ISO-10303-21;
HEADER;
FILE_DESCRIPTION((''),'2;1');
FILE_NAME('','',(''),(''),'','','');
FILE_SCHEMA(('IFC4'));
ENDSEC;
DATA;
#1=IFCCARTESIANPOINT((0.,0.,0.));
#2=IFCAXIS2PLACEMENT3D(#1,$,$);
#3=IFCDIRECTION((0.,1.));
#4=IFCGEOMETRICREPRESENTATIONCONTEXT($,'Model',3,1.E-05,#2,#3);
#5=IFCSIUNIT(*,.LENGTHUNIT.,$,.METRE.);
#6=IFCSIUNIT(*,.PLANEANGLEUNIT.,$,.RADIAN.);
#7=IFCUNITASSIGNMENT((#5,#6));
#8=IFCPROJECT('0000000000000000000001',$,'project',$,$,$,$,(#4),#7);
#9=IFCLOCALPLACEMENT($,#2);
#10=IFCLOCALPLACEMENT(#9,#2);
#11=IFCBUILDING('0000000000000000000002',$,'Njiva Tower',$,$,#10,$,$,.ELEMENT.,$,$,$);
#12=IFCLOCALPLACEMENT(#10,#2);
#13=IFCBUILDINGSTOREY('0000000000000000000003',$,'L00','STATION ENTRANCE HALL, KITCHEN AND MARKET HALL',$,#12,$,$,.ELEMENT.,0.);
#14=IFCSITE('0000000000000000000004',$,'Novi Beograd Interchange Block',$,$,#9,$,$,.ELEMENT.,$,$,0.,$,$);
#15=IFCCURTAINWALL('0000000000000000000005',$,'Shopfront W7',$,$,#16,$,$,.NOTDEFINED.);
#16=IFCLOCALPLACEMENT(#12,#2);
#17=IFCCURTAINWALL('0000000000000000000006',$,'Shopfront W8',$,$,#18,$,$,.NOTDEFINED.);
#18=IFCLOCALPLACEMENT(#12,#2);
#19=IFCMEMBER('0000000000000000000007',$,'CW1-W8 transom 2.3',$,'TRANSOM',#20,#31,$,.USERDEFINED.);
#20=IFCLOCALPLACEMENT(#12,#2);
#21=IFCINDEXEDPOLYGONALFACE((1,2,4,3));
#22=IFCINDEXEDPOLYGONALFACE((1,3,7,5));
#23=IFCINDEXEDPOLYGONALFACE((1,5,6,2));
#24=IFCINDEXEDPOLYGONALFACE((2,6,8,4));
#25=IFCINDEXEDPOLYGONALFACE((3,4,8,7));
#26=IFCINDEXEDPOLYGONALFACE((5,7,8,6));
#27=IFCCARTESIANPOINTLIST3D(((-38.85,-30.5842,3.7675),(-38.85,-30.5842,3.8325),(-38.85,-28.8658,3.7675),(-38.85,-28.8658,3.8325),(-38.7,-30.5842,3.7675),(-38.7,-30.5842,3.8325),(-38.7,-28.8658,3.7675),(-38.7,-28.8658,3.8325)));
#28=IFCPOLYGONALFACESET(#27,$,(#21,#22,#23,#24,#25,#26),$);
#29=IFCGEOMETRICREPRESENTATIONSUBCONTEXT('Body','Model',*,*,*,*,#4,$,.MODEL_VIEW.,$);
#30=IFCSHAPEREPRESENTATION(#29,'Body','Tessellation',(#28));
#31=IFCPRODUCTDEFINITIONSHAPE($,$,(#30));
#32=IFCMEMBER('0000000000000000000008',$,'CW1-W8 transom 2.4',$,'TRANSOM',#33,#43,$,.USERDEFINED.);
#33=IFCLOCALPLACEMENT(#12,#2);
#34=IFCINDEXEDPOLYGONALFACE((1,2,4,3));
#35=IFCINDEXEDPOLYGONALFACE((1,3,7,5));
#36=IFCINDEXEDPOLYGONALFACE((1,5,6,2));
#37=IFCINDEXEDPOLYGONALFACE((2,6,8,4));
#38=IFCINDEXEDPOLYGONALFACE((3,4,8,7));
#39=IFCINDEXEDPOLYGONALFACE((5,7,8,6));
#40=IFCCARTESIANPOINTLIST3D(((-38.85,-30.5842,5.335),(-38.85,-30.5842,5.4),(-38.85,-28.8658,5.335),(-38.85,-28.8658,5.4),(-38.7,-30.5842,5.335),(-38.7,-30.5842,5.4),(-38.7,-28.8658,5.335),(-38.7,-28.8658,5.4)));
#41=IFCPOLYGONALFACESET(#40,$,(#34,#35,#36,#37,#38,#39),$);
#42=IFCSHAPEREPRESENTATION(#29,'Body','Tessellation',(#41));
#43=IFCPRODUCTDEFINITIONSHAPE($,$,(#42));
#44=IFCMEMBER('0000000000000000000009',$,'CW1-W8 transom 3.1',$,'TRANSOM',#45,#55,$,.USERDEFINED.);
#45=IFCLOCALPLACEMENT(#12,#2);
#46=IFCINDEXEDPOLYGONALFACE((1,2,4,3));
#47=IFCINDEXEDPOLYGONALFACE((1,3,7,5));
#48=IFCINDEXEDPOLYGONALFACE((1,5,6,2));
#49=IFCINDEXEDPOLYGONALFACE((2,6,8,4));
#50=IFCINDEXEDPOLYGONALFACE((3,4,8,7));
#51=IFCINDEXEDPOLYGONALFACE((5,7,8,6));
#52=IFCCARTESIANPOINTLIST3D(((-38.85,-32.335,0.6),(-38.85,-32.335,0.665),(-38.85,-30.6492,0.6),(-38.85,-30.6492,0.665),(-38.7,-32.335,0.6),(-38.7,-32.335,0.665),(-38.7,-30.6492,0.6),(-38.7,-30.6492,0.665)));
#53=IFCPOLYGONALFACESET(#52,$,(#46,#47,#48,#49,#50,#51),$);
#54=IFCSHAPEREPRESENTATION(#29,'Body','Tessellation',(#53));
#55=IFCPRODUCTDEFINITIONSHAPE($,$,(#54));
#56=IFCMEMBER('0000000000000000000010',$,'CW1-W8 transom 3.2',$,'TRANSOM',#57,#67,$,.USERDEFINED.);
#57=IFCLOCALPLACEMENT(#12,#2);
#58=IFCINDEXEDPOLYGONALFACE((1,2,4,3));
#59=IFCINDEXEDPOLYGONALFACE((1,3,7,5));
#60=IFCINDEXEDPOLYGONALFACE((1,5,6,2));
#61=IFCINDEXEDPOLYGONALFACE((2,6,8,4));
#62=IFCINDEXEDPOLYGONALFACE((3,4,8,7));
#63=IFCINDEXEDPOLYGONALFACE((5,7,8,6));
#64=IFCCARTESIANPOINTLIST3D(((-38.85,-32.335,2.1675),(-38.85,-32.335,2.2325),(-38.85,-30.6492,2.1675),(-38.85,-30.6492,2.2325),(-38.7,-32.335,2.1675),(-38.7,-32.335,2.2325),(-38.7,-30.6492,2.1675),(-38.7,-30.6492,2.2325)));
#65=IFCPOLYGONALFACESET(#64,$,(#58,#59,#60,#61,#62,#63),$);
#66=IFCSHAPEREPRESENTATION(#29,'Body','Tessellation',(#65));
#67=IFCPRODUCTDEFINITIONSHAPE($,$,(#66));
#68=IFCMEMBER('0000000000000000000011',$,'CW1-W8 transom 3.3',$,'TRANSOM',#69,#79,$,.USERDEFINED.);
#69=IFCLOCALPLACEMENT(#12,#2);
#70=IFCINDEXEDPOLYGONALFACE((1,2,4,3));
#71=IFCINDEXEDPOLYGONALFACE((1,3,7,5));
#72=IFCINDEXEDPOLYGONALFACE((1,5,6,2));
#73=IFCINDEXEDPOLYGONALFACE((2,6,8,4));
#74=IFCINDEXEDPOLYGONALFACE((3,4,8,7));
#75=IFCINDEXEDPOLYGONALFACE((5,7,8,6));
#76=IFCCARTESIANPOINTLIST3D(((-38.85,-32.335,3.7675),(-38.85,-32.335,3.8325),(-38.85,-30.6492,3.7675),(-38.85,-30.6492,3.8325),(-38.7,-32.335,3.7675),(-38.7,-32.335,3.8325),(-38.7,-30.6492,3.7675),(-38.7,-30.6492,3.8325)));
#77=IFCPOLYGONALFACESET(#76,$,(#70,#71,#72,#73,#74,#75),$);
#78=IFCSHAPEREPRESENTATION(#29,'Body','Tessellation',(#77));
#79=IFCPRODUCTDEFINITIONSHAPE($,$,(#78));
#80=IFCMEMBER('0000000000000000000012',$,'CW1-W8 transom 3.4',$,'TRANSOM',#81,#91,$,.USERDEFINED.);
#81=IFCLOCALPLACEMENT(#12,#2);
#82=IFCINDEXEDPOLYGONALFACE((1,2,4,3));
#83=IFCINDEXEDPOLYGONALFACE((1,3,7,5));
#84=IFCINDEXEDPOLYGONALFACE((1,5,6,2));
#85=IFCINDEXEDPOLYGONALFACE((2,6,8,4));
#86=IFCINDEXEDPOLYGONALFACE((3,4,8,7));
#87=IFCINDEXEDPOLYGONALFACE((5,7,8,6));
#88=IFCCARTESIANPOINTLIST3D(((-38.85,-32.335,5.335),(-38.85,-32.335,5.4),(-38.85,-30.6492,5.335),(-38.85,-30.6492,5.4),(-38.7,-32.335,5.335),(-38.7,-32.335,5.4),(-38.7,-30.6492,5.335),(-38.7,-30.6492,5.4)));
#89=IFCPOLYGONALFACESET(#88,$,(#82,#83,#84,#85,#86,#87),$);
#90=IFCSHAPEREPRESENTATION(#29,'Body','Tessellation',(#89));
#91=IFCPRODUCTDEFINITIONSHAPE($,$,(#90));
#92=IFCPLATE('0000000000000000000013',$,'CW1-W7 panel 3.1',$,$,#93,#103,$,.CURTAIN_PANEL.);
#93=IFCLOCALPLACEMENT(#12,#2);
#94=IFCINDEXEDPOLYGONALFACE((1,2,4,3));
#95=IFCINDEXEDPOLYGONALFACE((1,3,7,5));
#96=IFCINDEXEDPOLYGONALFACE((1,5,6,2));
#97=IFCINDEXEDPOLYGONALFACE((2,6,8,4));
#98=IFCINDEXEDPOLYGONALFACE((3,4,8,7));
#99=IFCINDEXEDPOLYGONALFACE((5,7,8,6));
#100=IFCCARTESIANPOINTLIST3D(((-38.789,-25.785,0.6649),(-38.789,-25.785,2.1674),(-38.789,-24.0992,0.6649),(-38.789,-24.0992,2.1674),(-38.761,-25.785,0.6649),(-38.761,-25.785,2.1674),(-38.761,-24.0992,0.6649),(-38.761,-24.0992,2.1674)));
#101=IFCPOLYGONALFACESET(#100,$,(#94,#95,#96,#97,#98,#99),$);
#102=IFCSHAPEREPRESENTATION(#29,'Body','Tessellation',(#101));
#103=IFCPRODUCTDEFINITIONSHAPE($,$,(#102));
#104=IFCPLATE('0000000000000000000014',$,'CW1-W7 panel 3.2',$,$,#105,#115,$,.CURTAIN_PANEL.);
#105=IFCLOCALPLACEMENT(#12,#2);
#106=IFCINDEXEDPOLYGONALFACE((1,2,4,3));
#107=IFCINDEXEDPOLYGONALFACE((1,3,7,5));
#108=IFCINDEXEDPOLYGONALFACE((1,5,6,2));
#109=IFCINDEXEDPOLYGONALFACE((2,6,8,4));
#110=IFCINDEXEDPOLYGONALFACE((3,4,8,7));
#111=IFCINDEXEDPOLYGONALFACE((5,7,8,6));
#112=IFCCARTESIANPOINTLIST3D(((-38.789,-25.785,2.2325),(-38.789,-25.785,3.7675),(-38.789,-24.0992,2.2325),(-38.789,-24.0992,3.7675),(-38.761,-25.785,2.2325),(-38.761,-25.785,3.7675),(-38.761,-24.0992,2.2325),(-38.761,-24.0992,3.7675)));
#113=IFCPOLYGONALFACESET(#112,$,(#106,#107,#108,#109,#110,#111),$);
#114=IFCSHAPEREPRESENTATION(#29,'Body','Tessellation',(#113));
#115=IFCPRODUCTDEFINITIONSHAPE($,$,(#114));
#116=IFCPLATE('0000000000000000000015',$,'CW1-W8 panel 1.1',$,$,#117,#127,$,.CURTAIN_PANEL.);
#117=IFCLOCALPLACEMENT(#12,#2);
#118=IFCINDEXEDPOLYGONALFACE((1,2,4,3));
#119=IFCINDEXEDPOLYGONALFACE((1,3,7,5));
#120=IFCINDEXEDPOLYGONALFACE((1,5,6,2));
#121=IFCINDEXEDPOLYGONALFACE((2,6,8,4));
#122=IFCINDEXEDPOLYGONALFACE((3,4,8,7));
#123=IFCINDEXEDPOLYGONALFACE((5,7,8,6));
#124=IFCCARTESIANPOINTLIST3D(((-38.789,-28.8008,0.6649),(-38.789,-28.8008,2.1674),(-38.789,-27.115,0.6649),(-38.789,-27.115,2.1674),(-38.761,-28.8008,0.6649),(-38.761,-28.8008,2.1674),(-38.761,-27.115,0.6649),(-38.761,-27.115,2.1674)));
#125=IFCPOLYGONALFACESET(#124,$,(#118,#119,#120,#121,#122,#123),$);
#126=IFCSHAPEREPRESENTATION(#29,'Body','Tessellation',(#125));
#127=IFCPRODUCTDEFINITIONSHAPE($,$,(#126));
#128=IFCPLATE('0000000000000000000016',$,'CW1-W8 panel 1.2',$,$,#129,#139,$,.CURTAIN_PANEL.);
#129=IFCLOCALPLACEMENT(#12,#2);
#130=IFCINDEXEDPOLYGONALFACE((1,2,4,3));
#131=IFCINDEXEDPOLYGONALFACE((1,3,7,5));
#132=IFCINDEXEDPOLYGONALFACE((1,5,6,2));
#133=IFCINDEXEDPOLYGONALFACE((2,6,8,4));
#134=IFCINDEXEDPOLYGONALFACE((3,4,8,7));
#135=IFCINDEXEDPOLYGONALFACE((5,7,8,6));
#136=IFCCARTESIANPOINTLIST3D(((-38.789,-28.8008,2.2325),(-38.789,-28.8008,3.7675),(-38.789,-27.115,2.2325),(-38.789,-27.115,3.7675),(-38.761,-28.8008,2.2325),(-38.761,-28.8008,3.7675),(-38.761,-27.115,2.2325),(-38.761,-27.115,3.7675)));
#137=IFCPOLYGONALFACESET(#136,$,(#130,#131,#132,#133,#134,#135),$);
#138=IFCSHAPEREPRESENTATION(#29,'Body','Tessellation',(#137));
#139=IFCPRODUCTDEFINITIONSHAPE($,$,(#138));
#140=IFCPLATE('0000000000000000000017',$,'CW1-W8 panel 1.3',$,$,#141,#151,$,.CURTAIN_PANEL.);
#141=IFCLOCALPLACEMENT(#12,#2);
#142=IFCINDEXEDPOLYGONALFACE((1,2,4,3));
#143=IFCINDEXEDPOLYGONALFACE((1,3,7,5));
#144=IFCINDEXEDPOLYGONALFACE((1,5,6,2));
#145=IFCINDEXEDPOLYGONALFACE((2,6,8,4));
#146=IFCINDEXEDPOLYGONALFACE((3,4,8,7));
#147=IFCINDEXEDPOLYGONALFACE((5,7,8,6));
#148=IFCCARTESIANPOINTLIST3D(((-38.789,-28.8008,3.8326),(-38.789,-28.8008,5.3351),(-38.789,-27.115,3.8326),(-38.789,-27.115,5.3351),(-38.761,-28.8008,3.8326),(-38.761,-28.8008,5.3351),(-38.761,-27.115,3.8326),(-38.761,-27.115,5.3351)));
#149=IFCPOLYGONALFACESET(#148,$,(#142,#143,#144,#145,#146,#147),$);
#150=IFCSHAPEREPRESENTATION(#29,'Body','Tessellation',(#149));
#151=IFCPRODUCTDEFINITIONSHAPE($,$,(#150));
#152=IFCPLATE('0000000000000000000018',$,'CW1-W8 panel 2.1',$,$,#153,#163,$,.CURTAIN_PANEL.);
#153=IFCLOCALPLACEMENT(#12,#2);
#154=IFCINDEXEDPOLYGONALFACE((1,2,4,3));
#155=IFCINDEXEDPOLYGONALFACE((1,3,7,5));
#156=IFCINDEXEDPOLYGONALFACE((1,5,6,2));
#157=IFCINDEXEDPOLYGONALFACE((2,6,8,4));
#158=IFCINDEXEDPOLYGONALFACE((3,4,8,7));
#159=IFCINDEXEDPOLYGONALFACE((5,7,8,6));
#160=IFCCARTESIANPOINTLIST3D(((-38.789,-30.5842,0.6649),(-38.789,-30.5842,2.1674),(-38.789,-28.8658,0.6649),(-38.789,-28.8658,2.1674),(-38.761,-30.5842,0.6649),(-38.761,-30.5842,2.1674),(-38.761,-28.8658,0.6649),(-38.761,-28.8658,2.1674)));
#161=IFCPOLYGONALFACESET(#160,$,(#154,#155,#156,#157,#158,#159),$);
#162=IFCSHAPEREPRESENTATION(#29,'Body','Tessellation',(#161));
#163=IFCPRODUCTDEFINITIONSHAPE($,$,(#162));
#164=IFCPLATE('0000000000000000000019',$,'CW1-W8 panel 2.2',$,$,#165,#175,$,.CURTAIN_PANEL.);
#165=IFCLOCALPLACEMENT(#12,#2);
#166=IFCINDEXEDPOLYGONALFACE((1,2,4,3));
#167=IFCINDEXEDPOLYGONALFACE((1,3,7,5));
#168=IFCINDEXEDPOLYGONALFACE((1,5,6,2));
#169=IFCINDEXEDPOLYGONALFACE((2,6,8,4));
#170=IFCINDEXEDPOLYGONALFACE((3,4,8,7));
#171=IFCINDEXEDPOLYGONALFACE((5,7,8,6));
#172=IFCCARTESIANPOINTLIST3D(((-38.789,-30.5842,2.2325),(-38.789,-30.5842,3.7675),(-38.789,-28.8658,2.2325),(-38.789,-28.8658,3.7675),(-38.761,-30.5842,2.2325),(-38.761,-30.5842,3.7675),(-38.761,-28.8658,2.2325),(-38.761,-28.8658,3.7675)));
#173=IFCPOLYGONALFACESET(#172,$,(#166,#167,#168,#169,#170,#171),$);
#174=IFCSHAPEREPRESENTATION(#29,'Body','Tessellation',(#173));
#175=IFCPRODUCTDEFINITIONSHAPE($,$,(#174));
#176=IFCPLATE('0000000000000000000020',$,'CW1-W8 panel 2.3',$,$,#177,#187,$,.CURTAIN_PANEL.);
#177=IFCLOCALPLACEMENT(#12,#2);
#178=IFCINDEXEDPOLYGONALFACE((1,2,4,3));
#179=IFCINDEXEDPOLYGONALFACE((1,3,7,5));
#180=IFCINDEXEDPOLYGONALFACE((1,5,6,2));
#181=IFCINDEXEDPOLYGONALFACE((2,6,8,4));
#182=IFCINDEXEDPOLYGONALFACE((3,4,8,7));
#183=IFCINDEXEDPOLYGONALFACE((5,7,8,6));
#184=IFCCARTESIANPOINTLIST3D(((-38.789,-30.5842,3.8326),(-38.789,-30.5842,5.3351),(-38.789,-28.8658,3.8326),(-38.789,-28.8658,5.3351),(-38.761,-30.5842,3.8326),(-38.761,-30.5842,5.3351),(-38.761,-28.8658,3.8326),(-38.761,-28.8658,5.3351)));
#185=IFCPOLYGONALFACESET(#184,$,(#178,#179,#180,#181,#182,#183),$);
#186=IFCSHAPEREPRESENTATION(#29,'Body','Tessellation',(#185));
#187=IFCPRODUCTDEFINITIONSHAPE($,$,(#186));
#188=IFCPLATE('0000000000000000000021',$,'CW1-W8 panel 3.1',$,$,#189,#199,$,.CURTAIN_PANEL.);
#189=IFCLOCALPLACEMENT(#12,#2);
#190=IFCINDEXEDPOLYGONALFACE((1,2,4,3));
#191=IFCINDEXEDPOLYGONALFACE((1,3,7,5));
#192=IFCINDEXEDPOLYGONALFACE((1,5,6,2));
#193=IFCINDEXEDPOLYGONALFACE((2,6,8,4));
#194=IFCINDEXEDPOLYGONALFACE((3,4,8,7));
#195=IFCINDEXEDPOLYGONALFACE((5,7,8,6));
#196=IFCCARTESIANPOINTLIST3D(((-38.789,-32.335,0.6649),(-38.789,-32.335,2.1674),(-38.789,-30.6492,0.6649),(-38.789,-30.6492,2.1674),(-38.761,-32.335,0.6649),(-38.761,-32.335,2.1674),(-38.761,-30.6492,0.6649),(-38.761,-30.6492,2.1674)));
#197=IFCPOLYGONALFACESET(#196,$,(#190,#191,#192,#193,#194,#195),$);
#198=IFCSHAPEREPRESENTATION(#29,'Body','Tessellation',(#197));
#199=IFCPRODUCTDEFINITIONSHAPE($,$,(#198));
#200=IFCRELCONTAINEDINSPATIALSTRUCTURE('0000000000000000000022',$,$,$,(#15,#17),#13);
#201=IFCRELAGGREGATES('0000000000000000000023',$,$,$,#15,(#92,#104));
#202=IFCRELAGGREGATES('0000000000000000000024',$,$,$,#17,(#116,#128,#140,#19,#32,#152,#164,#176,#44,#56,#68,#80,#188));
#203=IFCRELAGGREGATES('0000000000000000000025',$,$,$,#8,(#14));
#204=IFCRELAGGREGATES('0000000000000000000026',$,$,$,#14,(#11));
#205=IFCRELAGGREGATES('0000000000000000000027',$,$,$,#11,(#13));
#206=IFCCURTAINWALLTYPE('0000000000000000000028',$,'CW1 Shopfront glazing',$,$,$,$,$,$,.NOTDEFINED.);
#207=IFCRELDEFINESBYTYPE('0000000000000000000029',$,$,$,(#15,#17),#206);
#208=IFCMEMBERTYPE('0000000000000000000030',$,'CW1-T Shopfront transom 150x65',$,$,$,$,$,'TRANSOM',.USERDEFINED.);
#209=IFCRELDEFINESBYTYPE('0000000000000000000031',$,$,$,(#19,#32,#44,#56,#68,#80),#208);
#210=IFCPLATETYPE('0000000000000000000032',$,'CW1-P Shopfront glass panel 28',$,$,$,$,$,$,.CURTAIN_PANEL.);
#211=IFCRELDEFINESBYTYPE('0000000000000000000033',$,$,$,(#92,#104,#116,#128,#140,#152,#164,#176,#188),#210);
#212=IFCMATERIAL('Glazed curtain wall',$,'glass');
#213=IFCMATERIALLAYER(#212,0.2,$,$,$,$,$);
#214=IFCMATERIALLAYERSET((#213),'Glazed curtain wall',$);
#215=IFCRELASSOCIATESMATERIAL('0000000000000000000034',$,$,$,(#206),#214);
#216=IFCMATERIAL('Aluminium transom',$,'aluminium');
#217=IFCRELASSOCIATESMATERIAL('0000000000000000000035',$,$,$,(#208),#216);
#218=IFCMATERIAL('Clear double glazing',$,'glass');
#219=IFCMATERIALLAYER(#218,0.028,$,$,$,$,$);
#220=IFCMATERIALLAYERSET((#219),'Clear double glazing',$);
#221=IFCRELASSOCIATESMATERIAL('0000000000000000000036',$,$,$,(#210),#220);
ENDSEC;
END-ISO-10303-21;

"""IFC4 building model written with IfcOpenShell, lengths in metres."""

from ifc_helpers import new_model, si_unit, direction, frame, origin, origin_2d, place, context, subcontext, project, spatial, rectangle, extrude, material, layer, layer_set, material_profile, profile_set, type_object, element, aggregate, save


model = new_model("IFC4")

# Units and contexts
model_context = context("Model", 3, precision=1e-05, world=origin(), true_north=direction((0.0, 1.0)))
body_context = subcontext(model_context, "Body", "Model", "MODEL_VIEW")
ifc_project = project(units=[si_unit("LENGTHUNIT", "METRE"), si_unit("PLANEANGLEUNIT", "RADIAN")], contexts=[model_context])

# Site, building, storey
site_placement = place(None, origin())
site = spatial("IfcSite", under=ifc_project, at=site_placement, Name="Novi Beograd Interchange Block", CompositionType="ELEMENT", RefElevation=0.0)
building_placement = place(site_placement, origin())
building = spatial("IfcBuilding", under=site, at=building_placement, Name="Njiva Tower", CompositionType="ELEMENT")
storey_placement = place(building_placement, origin())
storey = spatial("IfcBuildingStorey", under=building, at=storey_placement, Name="L00", Description="STATION ENTRANCE HALL, KITCHEN AND MARKET HALL", CompositionType="ELEMENT", Elevation=0.0)

# Curtain wall
ifc_material_1 = material(Name="Glazed curtain wall", Category="glass")
ifc_layer_1 = layer(ifc_material_1, 0.2)
ifc_layer_set_1 = layer_set([ifc_layer_1], Name="Glazed curtain wall")
curtain_wall_type = type_object("IfcCurtainWallType", Name="CW1 Shopfront glazing", PredefinedType="NOTDEFINED", material=ifc_layer_set_1)
curtain_wall_1_placement = place(storey_placement, origin())
curtain_wall_1 = element("IfcCurtainWall", 1, at=curtain_wall_1_placement, inside=storey, type_object=curtain_wall_type, Name="Shopfront W7", PredefinedType="NOTDEFINED")

# Curtain wall, members
curtain_wall_2_placement = place(storey_placement, origin())
curtain_wall_2 = element("IfcCurtainWall", 2, at=curtain_wall_2_placement, inside=storey, type_object=curtain_wall_type, Name="Shopfront W8", PredefinedType="NOTDEFINED")
ifc_material_2 = material(Name="Aluminium transom", Category="aluminium")
ifc_material_profile_1 = material_profile(ifc_material_2, rectangle(XDim=0.15, YDim=0.065, at=origin_2d()), Name="RECT 150x65")
ifc_profile_set_1 = profile_set([ifc_material_profile_1], Name="Aluminium transom")
member_type_1 = type_object("IfcMemberType", Name="CW1-T Shopfront transom 150x65", ElementType="TRANSOM", PredefinedType="USERDEFINED", material=ifc_profile_set_1)
member_1_placement = place(storey_placement, frame((-38.775, -28.8658, 3.8), z_axis=(0.0, -1.0, 0.0), x_axis=(1.0, 0.0, 0.0)))
member_1 = element("IfcMember", 3, at=member_1_placement, type_object=member_type_1, Name="CW1-W8 transom 2.3", ObjectType="TRANSOM", PredefinedType="USERDEFINED", context=body_context, shape_type="SweptSolid", body=[
    extrude(rectangle(XDim=0.15, YDim=0.065, at=origin_2d()), origin(), (0.0, 0.0, 1.0), 1.7184),
])
member_2_placement = place(storey_placement, frame((-38.775, -28.8658, 5.3675), z_axis=(0.0, -1.0, 0.0), x_axis=(1.0, 0.0, 0.0)))
member_2 = element("IfcMember", 4, at=member_2_placement, type_object=member_type_1, Name="CW1-W8 transom 2.4", ObjectType="TRANSOM", PredefinedType="USERDEFINED", context=body_context, shape_type="SweptSolid", body=[
    extrude(rectangle(XDim=0.15, YDim=0.065, at=origin_2d()), origin(), (0.0, 0.0, 1.0), 1.7184),
])
member_3_placement = place(storey_placement, frame((-38.775, -30.6492, 0.6325), z_axis=(0.0, -1.0, 0.0), x_axis=(1.0, 0.0, 0.0)))
member_3 = element("IfcMember", 5, at=member_3_placement, type_object=member_type_1, Name="CW1-W8 transom 3.1", ObjectType="TRANSOM", PredefinedType="USERDEFINED", context=body_context, shape_type="SweptSolid", body=[
    extrude(rectangle(XDim=0.15, YDim=0.065, at=origin_2d()), origin(), (0.0, 0.0, 1.0), 1.6858),
])
member_4_placement = place(storey_placement, frame((-38.775, -30.6492, 2.2), z_axis=(0.0, -1.0, 0.0), x_axis=(1.0, 0.0, 0.0)))
member_4 = element("IfcMember", 6, at=member_4_placement, type_object=member_type_1, Name="CW1-W8 transom 3.2", ObjectType="TRANSOM", PredefinedType="USERDEFINED", context=body_context, shape_type="SweptSolid", body=[
    extrude(rectangle(XDim=0.15, YDim=0.065, at=origin_2d()), origin(), (0.0, 0.0, 1.0), 1.6858),
])
member_5_placement = place(storey_placement, frame((-38.775, -30.6492, 3.8), z_axis=(0.0, -1.0, 0.0), x_axis=(1.0, 0.0, 0.0)))
member_5 = element("IfcMember", 7, at=member_5_placement, type_object=member_type_1, Name="CW1-W8 transom 3.3", ObjectType="TRANSOM", PredefinedType="USERDEFINED", context=body_context, shape_type="SweptSolid", body=[
    extrude(rectangle(XDim=0.15, YDim=0.065, at=origin_2d()), origin(), (0.0, 0.0, 1.0), 1.6858),
])
member_6_placement = place(storey_placement, frame((-38.775, -30.6492, 5.3675), z_axis=(0.0, -1.0, 0.0), x_axis=(1.0, 0.0, 0.0)))
member_6 = element("IfcMember", 8, at=member_6_placement, type_object=member_type_1, Name="CW1-W8 transom 3.4", ObjectType="TRANSOM", PredefinedType="USERDEFINED", context=body_context, shape_type="SweptSolid", body=[
    extrude(rectangle(XDim=0.15, YDim=0.065, at=origin_2d()), origin(), (0.0, 0.0, 1.0), 1.6858),
])

# Plates
ifc_material_3 = material(Name="Clear double glazing", Category="glass")
ifc_layer_2 = layer(ifc_material_3, 0.028)
ifc_layer_set_2 = layer_set([ifc_layer_2], Name="Clear double glazing")
plate_type = type_object("IfcPlateType", Name="CW1-P Shopfront glass panel 28", PredefinedType="CURTAIN_PANEL", material=ifc_layer_set_2)
plate_1_placement = place(storey_placement, frame((-38.775, -24.9421, 0.6649), z_axis=(0.0, 0.0, 1.0), x_axis=(0.0, -1.0, 0.0)))
plate_1 = element("IfcPlate", 9, at=plate_1_placement, type_object=plate_type, Name="CW1-W7 panel 3.1", PredefinedType="CURTAIN_PANEL", context=body_context, shape_type="SweptSolid", body=[
    extrude(rectangle(XDim=1.6858, YDim=0.028, at=origin_2d()), origin(), (0.0, 0.0, 1.0), 1.5025),
])
plate_2_placement = place(storey_placement, frame((-38.775, -24.9421, 2.2325), z_axis=(0.0, 0.0, 1.0), x_axis=(0.0, -1.0, 0.0)))
plate_2 = element("IfcPlate", 10, at=plate_2_placement, type_object=plate_type, Name="CW1-W7 panel 3.2", PredefinedType="CURTAIN_PANEL", context=body_context, shape_type="SweptSolid", body=[
    extrude(rectangle(XDim=1.6858, YDim=0.028, at=origin_2d()), origin(), (0.0, 0.0, 1.0), 1.535),
])
aggregate(curtain_wall_1, [plate_1, plate_2])
plate_3_placement = place(storey_placement, frame((-38.775, -27.9579, 0.6649), z_axis=(0.0, 0.0, 1.0), x_axis=(0.0, -1.0, 0.0)))
plate_3 = element("IfcPlate", 11, at=plate_3_placement, type_object=plate_type, Name="CW1-W8 panel 1.1", PredefinedType="CURTAIN_PANEL", context=body_context, shape_type="SweptSolid", body=[
    extrude(rectangle(XDim=1.6858, YDim=0.028, at=origin_2d()), origin(), (0.0, 0.0, 1.0), 1.5025),
])
plate_4_placement = place(storey_placement, frame((-38.775, -27.9579, 2.2325), z_axis=(0.0, 0.0, 1.0), x_axis=(0.0, -1.0, 0.0)))
plate_4 = element("IfcPlate", 12, at=plate_4_placement, type_object=plate_type, Name="CW1-W8 panel 1.2", PredefinedType="CURTAIN_PANEL", context=body_context, shape_type="SweptSolid", body=[
    extrude(rectangle(XDim=1.6858, YDim=0.028, at=origin_2d()), origin(), (0.0, 0.0, 1.0), 1.535),
])
plate_5_placement = place(storey_placement, frame((-38.775, -27.9579, 3.8326), z_axis=(0.0, 0.0, 1.0), x_axis=(0.0, -1.0, 0.0)))
plate_5 = element("IfcPlate", 13, at=plate_5_placement, type_object=plate_type, Name="CW1-W8 panel 1.3", PredefinedType="CURTAIN_PANEL", context=body_context, shape_type="SweptSolid", body=[
    extrude(rectangle(XDim=1.6858, YDim=0.028, at=origin_2d()), origin(), (0.0, 0.0, 1.0), 1.5025),
])
plate_6_placement = place(storey_placement, frame((-38.775, -29.725, 0.6649), z_axis=(0.0, 0.0, 1.0), x_axis=(0.0, -1.0, 0.0)))
plate_6 = element("IfcPlate", 14, at=plate_6_placement, type_object=plate_type, Name="CW1-W8 panel 2.1", PredefinedType="CURTAIN_PANEL", context=body_context, shape_type="SweptSolid", body=[
    extrude(rectangle(XDim=1.7183, YDim=0.028, at=origin_2d()), origin(), (0.0, 0.0, 1.0), 1.5025),
])
plate_7_placement = place(storey_placement, frame((-38.775, -29.725, 2.2325), z_axis=(0.0, 0.0, 1.0), x_axis=(0.0, -1.0, 0.0)))
plate_7 = element("IfcPlate", 15, at=plate_7_placement, type_object=plate_type, Name="CW1-W8 panel 2.2", PredefinedType="CURTAIN_PANEL", context=body_context, shape_type="SweptSolid", body=[
    extrude(rectangle(XDim=1.7183, YDim=0.028, at=origin_2d()), origin(), (0.0, 0.0, 1.0), 1.535),
])
plate_8_placement = place(storey_placement, frame((-38.775, -29.725, 3.8326), z_axis=(0.0, 0.0, 1.0), x_axis=(0.0, -1.0, 0.0)))
plate_8 = element("IfcPlate", 16, at=plate_8_placement, type_object=plate_type, Name="CW1-W8 panel 2.3", PredefinedType="CURTAIN_PANEL", context=body_context, shape_type="SweptSolid", body=[
    extrude(rectangle(XDim=1.7183, YDim=0.028, at=origin_2d()), origin(), (0.0, 0.0, 1.0), 1.5025),
])
plate_9_placement = place(storey_placement, frame((-38.775, -31.4921, 0.6649), z_axis=(0.0, 0.0, 1.0), x_axis=(0.0, -1.0, 0.0)))
plate_9 = element("IfcPlate", 17, at=plate_9_placement, type_object=plate_type, Name="CW1-W8 panel 3.1", PredefinedType="CURTAIN_PANEL", context=body_context, shape_type="SweptSolid", body=[
    extrude(rectangle(XDim=1.6858, YDim=0.028, at=origin_2d()), origin(), (0.0, 0.0, 1.0), 1.5025),
])
aggregate(curtain_wall_2, [plate_3, plate_4, plate_5, member_1, member_2, plate_6, plate_7, plate_8, member_3, member_4, member_5, member_6, plate_9])

save(model, "model.ifc")
